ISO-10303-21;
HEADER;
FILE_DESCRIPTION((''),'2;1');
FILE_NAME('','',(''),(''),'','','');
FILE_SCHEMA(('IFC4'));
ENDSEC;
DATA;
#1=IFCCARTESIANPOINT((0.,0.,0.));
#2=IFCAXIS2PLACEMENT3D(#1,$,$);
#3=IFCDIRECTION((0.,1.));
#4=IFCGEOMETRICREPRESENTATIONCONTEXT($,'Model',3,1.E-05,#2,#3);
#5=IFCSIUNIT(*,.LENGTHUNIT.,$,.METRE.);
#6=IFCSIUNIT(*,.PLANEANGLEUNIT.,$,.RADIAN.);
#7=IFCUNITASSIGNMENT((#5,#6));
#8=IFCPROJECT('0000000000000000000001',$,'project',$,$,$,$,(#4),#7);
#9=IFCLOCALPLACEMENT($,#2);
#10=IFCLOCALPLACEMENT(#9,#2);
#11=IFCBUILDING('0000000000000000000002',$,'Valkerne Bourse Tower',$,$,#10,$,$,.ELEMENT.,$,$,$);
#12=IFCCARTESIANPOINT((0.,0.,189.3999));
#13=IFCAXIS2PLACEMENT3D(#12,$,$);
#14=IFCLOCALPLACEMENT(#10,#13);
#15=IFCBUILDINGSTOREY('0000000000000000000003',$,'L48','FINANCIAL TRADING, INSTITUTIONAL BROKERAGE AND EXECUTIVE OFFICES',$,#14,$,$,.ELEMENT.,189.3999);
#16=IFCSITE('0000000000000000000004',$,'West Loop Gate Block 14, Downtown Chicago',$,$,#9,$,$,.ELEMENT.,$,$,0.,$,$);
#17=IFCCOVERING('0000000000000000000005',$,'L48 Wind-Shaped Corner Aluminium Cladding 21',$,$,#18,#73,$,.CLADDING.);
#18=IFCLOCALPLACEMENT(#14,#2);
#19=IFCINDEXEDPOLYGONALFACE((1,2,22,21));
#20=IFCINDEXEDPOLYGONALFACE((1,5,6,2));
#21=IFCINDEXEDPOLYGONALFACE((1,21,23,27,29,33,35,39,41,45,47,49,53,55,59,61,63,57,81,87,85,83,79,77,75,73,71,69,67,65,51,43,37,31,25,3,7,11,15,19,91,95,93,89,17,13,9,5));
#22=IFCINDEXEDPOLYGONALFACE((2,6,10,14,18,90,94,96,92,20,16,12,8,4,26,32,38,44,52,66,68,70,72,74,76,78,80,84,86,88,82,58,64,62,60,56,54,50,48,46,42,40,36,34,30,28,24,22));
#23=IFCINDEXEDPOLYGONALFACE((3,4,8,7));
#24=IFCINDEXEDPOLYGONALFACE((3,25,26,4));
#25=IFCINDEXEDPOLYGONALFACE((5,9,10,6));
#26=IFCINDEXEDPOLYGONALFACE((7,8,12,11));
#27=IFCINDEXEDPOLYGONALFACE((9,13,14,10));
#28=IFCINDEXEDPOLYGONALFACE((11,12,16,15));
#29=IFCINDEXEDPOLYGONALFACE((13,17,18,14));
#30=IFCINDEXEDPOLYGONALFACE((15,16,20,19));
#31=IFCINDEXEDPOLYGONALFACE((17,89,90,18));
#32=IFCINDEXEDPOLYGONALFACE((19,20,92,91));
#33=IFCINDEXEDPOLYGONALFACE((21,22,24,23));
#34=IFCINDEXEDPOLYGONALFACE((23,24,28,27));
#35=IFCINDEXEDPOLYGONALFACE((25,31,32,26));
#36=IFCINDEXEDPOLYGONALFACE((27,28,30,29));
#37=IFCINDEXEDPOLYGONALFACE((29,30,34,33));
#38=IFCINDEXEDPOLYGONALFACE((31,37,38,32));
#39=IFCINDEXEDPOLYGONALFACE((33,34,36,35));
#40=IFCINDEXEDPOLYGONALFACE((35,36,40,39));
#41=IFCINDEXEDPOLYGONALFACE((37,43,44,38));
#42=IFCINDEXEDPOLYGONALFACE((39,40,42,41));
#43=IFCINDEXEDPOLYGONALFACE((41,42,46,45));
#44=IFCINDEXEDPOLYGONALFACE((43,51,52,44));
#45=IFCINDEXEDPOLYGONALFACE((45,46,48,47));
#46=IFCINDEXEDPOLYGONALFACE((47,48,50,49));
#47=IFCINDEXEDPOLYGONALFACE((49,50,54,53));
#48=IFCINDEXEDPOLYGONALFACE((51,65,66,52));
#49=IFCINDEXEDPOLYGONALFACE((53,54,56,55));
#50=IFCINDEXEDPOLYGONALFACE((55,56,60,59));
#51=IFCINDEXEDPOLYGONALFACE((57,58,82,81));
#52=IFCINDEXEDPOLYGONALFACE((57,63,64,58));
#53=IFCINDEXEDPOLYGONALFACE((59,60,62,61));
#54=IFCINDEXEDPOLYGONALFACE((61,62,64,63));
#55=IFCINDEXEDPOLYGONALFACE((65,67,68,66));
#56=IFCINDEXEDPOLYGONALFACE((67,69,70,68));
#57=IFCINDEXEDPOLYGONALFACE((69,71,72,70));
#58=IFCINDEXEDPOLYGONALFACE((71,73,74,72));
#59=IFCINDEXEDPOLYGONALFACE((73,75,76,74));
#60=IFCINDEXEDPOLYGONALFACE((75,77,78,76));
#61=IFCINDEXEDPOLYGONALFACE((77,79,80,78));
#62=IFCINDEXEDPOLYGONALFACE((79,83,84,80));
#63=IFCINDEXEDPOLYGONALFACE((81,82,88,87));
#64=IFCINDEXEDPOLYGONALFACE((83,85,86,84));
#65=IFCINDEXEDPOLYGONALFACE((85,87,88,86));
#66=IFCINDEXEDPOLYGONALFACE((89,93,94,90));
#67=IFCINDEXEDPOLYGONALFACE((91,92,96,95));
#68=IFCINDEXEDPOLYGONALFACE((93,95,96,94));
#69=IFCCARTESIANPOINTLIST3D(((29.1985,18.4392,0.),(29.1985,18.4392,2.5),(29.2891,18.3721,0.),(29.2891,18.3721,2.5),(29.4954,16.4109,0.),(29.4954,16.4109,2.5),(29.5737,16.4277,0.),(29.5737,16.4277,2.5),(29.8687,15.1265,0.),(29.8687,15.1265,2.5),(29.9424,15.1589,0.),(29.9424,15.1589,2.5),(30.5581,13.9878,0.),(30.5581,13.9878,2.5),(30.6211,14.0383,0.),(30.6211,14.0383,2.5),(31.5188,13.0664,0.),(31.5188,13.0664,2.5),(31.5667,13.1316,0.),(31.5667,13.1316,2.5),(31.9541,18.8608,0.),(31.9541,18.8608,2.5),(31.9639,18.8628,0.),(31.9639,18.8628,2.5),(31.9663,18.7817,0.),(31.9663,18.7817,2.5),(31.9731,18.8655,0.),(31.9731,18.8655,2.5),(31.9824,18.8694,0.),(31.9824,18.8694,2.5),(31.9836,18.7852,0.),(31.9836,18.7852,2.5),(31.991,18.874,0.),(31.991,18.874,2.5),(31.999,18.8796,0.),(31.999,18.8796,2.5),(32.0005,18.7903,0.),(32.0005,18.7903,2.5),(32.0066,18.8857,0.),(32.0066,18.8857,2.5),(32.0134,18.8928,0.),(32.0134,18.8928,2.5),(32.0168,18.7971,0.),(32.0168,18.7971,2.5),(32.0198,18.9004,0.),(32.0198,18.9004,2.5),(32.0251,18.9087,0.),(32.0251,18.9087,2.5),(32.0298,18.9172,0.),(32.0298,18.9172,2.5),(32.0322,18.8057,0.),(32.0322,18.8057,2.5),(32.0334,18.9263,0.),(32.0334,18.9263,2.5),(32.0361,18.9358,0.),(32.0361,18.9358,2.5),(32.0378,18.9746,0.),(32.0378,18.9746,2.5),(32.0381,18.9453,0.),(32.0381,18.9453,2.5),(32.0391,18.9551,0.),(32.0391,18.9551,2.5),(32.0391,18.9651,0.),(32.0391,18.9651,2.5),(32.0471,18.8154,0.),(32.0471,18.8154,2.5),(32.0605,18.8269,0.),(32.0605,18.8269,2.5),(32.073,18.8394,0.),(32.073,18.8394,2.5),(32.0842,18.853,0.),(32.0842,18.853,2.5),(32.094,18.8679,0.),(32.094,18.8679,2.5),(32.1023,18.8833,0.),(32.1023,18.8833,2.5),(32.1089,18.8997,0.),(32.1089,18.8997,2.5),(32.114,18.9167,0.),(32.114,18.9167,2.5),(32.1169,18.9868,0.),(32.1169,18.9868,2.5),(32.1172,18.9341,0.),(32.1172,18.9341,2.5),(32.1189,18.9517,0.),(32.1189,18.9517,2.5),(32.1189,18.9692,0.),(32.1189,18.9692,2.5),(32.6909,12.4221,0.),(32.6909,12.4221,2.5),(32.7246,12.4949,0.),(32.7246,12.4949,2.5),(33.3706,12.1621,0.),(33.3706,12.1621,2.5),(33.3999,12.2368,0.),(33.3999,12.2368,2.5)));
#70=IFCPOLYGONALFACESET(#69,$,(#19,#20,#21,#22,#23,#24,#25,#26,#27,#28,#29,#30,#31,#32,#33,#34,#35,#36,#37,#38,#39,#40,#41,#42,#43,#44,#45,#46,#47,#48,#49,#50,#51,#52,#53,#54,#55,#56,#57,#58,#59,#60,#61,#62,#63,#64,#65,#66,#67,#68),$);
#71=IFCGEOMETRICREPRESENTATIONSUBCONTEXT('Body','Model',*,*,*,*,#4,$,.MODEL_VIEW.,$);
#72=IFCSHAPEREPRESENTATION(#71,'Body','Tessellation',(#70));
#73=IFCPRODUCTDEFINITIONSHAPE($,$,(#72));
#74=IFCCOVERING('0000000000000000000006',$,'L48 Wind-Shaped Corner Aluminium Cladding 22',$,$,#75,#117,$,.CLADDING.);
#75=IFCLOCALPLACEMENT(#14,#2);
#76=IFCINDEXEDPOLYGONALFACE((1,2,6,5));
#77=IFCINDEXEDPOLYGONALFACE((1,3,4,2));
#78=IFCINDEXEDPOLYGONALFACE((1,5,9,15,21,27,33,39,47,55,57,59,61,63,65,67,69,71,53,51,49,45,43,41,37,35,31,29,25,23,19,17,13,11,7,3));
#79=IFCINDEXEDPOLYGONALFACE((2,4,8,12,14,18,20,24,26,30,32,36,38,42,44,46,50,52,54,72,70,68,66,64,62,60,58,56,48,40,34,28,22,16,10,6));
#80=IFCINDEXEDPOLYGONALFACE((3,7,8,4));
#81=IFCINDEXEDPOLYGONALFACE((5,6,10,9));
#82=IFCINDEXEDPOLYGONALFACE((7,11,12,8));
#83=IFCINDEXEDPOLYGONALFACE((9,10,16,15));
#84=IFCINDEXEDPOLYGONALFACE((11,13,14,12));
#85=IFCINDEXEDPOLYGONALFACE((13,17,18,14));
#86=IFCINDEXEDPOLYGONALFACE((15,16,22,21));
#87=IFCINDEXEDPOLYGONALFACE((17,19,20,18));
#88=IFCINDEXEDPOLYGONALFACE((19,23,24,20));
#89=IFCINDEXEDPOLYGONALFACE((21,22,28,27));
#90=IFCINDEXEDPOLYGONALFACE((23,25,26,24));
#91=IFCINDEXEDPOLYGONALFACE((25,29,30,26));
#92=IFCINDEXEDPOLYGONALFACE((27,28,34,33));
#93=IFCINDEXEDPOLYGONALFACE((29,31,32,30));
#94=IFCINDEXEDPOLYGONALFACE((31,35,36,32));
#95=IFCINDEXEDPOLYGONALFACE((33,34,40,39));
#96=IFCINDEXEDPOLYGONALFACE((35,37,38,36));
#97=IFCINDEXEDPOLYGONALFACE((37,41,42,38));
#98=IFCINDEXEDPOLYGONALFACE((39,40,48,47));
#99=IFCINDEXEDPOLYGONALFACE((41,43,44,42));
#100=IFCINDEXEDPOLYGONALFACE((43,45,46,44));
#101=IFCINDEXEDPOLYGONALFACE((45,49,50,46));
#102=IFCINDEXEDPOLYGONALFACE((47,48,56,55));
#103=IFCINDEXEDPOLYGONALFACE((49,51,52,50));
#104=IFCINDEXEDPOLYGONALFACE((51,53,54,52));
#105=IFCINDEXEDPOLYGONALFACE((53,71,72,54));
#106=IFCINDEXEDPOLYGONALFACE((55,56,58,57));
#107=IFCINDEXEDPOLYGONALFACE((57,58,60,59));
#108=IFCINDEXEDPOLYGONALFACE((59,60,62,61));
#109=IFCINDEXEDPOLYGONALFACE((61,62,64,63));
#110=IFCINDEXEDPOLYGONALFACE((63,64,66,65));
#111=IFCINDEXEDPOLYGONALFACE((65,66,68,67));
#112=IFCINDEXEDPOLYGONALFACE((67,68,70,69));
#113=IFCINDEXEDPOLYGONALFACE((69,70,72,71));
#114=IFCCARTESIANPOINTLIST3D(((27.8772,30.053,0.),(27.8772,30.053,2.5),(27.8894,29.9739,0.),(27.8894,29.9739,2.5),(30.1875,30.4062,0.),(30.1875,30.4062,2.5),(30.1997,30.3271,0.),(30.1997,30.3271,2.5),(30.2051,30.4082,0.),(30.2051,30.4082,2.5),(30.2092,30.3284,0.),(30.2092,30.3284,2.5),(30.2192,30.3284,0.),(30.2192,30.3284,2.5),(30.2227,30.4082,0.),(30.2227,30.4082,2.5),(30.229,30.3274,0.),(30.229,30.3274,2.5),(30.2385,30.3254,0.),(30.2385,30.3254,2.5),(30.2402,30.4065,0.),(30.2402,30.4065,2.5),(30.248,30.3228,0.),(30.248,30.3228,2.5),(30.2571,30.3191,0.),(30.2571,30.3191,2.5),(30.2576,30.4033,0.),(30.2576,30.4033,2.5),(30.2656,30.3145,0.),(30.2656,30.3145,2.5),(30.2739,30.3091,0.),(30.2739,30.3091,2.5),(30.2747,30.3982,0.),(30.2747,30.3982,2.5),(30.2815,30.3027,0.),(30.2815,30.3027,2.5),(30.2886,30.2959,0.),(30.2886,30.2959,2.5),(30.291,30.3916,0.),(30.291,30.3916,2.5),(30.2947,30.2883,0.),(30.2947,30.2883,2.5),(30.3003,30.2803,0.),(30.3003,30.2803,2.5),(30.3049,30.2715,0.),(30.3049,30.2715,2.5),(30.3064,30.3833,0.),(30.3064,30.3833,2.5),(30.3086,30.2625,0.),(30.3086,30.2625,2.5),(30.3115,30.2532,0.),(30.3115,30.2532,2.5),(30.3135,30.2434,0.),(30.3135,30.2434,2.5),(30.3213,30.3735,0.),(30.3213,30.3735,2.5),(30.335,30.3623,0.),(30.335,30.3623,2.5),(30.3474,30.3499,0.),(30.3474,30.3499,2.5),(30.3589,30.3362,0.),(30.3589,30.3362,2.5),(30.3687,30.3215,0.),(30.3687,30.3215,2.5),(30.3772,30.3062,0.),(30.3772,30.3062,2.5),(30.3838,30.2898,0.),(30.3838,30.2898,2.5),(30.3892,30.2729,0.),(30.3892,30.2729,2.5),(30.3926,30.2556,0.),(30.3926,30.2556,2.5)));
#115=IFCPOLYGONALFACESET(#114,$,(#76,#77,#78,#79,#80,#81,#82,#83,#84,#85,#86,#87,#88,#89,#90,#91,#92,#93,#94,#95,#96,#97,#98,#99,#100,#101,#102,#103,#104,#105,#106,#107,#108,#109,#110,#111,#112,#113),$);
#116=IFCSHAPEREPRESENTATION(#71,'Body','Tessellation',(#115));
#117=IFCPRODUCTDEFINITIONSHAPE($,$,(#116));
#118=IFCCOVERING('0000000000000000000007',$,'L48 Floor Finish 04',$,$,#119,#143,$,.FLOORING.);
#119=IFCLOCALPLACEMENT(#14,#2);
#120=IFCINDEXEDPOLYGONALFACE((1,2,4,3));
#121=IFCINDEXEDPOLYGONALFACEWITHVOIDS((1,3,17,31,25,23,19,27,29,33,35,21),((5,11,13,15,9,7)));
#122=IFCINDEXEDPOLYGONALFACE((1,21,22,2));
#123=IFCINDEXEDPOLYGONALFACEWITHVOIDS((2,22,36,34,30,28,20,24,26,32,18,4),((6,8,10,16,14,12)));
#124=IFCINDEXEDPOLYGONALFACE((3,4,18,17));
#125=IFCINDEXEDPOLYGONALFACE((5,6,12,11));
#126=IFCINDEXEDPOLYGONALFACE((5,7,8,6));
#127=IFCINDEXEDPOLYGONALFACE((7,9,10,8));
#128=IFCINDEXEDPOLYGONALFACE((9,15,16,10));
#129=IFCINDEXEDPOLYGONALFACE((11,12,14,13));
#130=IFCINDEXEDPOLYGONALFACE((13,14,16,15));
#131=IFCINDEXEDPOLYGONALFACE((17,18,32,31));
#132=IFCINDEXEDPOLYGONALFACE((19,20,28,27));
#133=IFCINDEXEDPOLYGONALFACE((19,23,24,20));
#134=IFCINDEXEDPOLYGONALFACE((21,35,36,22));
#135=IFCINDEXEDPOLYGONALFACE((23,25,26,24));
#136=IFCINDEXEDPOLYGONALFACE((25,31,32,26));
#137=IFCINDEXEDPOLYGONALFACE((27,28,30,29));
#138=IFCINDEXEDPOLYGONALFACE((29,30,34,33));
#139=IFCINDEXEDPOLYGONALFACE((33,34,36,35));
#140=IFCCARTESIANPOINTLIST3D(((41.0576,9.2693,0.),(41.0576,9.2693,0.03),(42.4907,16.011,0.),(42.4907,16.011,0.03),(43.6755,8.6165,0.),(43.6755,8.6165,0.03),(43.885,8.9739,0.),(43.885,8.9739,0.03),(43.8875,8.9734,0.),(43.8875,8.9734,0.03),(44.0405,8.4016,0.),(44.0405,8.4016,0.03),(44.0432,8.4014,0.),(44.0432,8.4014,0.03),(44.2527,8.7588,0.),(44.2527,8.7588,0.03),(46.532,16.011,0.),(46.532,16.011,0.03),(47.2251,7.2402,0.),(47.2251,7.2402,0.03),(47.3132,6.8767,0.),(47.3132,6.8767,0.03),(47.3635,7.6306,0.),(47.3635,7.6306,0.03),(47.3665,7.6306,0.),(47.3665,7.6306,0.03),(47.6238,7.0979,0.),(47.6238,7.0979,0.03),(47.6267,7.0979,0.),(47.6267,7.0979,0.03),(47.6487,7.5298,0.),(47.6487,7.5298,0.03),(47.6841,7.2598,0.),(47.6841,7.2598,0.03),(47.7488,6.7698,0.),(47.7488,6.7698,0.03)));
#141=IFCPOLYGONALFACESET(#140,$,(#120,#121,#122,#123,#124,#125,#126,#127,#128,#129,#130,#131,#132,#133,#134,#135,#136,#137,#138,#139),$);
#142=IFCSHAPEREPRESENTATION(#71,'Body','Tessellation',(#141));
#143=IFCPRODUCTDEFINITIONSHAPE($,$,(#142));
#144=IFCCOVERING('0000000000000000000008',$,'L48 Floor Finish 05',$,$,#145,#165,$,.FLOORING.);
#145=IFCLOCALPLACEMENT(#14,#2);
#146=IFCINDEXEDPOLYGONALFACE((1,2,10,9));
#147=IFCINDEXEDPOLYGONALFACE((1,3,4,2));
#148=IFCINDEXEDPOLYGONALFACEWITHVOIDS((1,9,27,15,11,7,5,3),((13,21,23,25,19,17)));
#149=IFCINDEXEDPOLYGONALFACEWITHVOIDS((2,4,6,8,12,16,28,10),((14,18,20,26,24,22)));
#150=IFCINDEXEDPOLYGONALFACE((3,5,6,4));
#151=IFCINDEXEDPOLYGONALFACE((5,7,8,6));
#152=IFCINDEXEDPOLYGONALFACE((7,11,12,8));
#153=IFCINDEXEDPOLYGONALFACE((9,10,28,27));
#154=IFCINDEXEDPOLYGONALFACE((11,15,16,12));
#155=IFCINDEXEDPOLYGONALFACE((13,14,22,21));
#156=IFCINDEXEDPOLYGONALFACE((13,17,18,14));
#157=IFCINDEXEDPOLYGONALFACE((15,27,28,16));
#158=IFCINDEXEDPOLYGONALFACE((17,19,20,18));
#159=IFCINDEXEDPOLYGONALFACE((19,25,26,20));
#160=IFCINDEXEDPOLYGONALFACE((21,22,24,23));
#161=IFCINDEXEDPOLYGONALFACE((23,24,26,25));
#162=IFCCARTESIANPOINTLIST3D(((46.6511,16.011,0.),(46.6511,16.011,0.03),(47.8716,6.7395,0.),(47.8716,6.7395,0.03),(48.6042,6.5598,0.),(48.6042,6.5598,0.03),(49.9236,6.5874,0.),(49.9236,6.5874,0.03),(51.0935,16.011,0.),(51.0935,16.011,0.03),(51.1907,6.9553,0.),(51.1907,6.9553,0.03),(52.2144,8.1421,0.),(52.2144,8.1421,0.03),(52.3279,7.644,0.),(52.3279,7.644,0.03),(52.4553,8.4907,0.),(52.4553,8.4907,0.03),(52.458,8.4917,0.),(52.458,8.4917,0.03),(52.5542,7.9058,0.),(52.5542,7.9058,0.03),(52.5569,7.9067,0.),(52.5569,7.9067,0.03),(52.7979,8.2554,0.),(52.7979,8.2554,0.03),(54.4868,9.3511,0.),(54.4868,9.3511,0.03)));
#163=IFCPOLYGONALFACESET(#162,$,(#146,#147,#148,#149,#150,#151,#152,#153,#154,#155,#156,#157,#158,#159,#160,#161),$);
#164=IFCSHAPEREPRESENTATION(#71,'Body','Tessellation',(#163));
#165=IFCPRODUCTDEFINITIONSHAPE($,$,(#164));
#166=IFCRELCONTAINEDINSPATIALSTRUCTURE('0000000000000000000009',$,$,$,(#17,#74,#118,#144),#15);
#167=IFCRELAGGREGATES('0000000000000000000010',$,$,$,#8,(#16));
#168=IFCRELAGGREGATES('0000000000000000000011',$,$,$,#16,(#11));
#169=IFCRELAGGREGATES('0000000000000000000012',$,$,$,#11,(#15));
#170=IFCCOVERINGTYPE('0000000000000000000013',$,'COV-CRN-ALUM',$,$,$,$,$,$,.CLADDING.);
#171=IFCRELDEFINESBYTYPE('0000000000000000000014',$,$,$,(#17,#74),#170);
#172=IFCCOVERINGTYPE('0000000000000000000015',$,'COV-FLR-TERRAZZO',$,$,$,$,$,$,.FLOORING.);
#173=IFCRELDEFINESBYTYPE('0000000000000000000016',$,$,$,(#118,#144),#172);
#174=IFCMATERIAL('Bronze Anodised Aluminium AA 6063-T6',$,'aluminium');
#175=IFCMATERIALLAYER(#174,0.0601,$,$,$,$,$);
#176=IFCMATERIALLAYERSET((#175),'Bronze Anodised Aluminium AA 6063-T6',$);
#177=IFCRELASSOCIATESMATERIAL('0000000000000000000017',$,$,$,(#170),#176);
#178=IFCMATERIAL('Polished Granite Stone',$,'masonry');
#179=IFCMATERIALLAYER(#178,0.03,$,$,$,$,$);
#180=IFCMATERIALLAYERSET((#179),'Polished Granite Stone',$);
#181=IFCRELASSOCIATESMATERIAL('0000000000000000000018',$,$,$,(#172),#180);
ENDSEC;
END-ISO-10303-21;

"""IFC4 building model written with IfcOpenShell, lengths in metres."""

from ifc_helpers import new_model, si_unit, direction, frame, origin, place, context, subcontext, project, spatial, polyline, outline, extrude, material, layer, layer_set, type_object, element, save


model = new_model("IFC4")

# Units and contexts
model_context = context("Model", 3, precision=1e-05, world=origin(), true_north=direction((0.0, 1.0)))
body_context = subcontext(model_context, "Body", "Model", "MODEL_VIEW")
ifc_project = project(units=[si_unit("LENGTHUNIT", "METRE"), si_unit("PLANEANGLEUNIT", "RADIAN")], contexts=[model_context])

# Site, building, storey
site_placement = place(None, origin())
site = spatial("IfcSite", under=ifc_project, at=site_placement, Name="West Loop Gate Block 14, Downtown Chicago", CompositionType="ELEMENT", RefElevation=0.0)
building_placement = place(site_placement, origin())
building = spatial("IfcBuilding", under=site, at=building_placement, Name="Valkerne Bourse Tower", CompositionType="ELEMENT")
storey_placement = place(building_placement, frame((0.0, 0.0, 189.3999)))
storey = spatial("IfcBuildingStorey", under=building, at=storey_placement, Name="L48", Description="FINANCIAL TRADING, INSTITUTIONAL BROKERAGE AND EXECUTIVE OFFICES", CompositionType="ELEMENT", Elevation=189.3999)

# Coverings
ifc_material_1 = material(Name="Bronze Anodised Aluminium AA 6063-T6", Category="aluminium")
ifc_layer_1 = layer(ifc_material_1, 0.0601)
ifc_layer_set_1 = layer_set([ifc_layer_1], Name="Bronze Anodised Aluminium AA 6063-T6")
covering_type_1 = type_object("IfcCoveringType", Name="COV-CRN-ALUM", PredefinedType="CLADDING", material=ifc_layer_set_1)
covering_1_placement = place(storey_placement, origin())
element("IfcCovering", 1, at=covering_1_placement, inside=storey, type_object=covering_type_1, Name="L48 Wind-Shaped Corner Aluminium Cladding 21", PredefinedType="CLADDING", context=body_context, shape_type="SweptSolid", body=[
    extrude(outline(polyline([(32.6909, 12.4221), (31.5188, 13.0664), (30.5581, 13.9878), (29.8687, 15.1265), (29.4954, 16.4109), (29.1985, 18.4392), (31.9541, 18.8608), (31.9639, 18.8628), (31.9731, 18.8655), (31.9824, 18.8694), (31.991, 18.874), (31.999, 18.8796), (32.0066, 18.8857), (32.0134, 18.8928), (32.0198, 18.9004), (32.0251, 18.9087), (32.0298, 18.9172), (32.0334, 18.9263), (32.0361, 18.9358), (32.0381, 18.9453), (32.0391, 18.9551), (32.0391, 18.9651), (32.0378, 18.9746), (32.1169, 18.9868), (32.1189, 18.9692), (32.1189, 18.9517), (32.1172, 18.9341), (32.114, 18.9167), (32.1089, 18.8997), (32.1023, 18.8833), (32.094, 18.8679), (32.0842, 18.853), (32.073, 18.8394), (32.0605, 18.8269), (32.0471, 18.8154), (32.0322, 18.8057), (32.0168, 18.7971), (32.0005, 18.7903), (31.9836, 18.7852), (31.9663, 18.7817), (29.2891, 18.3721), (29.5737, 16.4277), (29.9424, 15.1589), (30.6211, 14.0383), (31.5667, 13.1316), (32.7246, 12.4949), (33.3999, 12.2368), (33.3706, 12.1621), (32.6909, 12.4221)])), origin(), (0.0, 0.0, 1.0), 2.5),
])
covering_2_placement = place(storey_placement, origin())
element("IfcCovering", 2, at=covering_2_placement, inside=storey, type_object=covering_type_1, Name="L48 Wind-Shaped Corner Aluminium Cladding 22", PredefinedType="CLADDING", context=body_context, shape_type="SweptSolid", body=[
    extrude(outline(polyline([(30.3115, 30.2532), (30.3086, 30.2625), (30.3049, 30.2715), (30.3003, 30.2803), (30.2947, 30.2883), (30.2886, 30.2959), (30.2815, 30.3027), (30.2739, 30.3091), (30.2656, 30.3145), (30.2571, 30.3191), (30.248, 30.3228), (30.2385, 30.3254), (30.229, 30.3274), (30.2192, 30.3284), (30.2092, 30.3284), (30.1997, 30.3271), (27.8894, 29.9739), (27.8772, 30.053), (30.1875, 30.4062), (30.2051, 30.4082), (30.2227, 30.4082), (30.2402, 30.4065), (30.2576, 30.4033), (30.2747, 30.3982), (30.291, 30.3916), (30.3064, 30.3833), (30.3213, 30.3735), (30.335, 30.3623), (30.3474, 30.3499), (30.3589, 30.3362), (30.3687, 30.3215), (30.3772, 30.3062), (30.3838, 30.2898), (30.3892, 30.2729), (30.3926, 30.2556), (30.3135, 30.2434), (30.3115, 30.2532)])), origin(), (0.0, 0.0, 1.0), 2.5),
])
ifc_material_2 = material(Name="Polished Granite Stone", Category="masonry")
ifc_layer_2 = layer(ifc_material_2, 0.03)
ifc_layer_set_2 = layer_set([ifc_layer_2], Name="Polished Granite Stone")
covering_type_2 = type_object("IfcCoveringType", Name="COV-FLR-TERRAZZO", PredefinedType="FLOORING", material=ifc_layer_set_2)
covering_3_placement = place(storey_placement, origin())
element("IfcCovering", 3, at=covering_3_placement, inside=storey, type_object=covering_type_2, Name="L48 Floor Finish 04", PredefinedType="FLOORING", context=body_context, shape_type="SweptSolid", body=[
    extrude(outline(polyline([(42.4907, 16.011), (46.532, 16.011), (47.6487, 7.5298), (47.3665, 7.6306), (47.3635, 7.6306), (47.2251, 7.2402), (47.6238, 7.0979), (47.6267, 7.0979), (47.6841, 7.2598), (47.7488, 6.7698), (47.3132, 6.8767), (41.0576, 9.2693), (42.4907, 16.011)]), holes=[polyline([(43.8875, 8.9734), (43.885, 8.9739), (43.6755, 8.6165), (44.0405, 8.4016), (44.0432, 8.4014), (44.2527, 8.7588), (43.8875, 8.9734)])]), origin(), (0.0, 0.0, 1.0), 0.03),
])
covering_4_placement = place(storey_placement, origin())
element("IfcCovering", 4, at=covering_4_placement, inside=storey, type_object=covering_type_2, Name="L48 Floor Finish 05", PredefinedType="FLOORING", context=body_context, shape_type="SweptSolid", body=[
    extrude(outline(polyline([(49.9236, 6.5874), (48.6042, 6.5598), (47.8716, 6.7395), (46.6511, 16.011), (51.0935, 16.011), (54.4868, 9.3511), (52.3279, 7.644), (51.1907, 6.9553), (49.9236, 6.5874)]), holes=[polyline([(52.7979, 8.2554), (52.458, 8.4917), (52.4553, 8.4907), (52.2144, 8.1421), (52.5542, 7.9058), (52.5569, 7.9067), (52.7979, 8.2554)])]), origin(), (0.0, 0.0, 1.0), 0.03),
])

save(model, "model.ifc")
